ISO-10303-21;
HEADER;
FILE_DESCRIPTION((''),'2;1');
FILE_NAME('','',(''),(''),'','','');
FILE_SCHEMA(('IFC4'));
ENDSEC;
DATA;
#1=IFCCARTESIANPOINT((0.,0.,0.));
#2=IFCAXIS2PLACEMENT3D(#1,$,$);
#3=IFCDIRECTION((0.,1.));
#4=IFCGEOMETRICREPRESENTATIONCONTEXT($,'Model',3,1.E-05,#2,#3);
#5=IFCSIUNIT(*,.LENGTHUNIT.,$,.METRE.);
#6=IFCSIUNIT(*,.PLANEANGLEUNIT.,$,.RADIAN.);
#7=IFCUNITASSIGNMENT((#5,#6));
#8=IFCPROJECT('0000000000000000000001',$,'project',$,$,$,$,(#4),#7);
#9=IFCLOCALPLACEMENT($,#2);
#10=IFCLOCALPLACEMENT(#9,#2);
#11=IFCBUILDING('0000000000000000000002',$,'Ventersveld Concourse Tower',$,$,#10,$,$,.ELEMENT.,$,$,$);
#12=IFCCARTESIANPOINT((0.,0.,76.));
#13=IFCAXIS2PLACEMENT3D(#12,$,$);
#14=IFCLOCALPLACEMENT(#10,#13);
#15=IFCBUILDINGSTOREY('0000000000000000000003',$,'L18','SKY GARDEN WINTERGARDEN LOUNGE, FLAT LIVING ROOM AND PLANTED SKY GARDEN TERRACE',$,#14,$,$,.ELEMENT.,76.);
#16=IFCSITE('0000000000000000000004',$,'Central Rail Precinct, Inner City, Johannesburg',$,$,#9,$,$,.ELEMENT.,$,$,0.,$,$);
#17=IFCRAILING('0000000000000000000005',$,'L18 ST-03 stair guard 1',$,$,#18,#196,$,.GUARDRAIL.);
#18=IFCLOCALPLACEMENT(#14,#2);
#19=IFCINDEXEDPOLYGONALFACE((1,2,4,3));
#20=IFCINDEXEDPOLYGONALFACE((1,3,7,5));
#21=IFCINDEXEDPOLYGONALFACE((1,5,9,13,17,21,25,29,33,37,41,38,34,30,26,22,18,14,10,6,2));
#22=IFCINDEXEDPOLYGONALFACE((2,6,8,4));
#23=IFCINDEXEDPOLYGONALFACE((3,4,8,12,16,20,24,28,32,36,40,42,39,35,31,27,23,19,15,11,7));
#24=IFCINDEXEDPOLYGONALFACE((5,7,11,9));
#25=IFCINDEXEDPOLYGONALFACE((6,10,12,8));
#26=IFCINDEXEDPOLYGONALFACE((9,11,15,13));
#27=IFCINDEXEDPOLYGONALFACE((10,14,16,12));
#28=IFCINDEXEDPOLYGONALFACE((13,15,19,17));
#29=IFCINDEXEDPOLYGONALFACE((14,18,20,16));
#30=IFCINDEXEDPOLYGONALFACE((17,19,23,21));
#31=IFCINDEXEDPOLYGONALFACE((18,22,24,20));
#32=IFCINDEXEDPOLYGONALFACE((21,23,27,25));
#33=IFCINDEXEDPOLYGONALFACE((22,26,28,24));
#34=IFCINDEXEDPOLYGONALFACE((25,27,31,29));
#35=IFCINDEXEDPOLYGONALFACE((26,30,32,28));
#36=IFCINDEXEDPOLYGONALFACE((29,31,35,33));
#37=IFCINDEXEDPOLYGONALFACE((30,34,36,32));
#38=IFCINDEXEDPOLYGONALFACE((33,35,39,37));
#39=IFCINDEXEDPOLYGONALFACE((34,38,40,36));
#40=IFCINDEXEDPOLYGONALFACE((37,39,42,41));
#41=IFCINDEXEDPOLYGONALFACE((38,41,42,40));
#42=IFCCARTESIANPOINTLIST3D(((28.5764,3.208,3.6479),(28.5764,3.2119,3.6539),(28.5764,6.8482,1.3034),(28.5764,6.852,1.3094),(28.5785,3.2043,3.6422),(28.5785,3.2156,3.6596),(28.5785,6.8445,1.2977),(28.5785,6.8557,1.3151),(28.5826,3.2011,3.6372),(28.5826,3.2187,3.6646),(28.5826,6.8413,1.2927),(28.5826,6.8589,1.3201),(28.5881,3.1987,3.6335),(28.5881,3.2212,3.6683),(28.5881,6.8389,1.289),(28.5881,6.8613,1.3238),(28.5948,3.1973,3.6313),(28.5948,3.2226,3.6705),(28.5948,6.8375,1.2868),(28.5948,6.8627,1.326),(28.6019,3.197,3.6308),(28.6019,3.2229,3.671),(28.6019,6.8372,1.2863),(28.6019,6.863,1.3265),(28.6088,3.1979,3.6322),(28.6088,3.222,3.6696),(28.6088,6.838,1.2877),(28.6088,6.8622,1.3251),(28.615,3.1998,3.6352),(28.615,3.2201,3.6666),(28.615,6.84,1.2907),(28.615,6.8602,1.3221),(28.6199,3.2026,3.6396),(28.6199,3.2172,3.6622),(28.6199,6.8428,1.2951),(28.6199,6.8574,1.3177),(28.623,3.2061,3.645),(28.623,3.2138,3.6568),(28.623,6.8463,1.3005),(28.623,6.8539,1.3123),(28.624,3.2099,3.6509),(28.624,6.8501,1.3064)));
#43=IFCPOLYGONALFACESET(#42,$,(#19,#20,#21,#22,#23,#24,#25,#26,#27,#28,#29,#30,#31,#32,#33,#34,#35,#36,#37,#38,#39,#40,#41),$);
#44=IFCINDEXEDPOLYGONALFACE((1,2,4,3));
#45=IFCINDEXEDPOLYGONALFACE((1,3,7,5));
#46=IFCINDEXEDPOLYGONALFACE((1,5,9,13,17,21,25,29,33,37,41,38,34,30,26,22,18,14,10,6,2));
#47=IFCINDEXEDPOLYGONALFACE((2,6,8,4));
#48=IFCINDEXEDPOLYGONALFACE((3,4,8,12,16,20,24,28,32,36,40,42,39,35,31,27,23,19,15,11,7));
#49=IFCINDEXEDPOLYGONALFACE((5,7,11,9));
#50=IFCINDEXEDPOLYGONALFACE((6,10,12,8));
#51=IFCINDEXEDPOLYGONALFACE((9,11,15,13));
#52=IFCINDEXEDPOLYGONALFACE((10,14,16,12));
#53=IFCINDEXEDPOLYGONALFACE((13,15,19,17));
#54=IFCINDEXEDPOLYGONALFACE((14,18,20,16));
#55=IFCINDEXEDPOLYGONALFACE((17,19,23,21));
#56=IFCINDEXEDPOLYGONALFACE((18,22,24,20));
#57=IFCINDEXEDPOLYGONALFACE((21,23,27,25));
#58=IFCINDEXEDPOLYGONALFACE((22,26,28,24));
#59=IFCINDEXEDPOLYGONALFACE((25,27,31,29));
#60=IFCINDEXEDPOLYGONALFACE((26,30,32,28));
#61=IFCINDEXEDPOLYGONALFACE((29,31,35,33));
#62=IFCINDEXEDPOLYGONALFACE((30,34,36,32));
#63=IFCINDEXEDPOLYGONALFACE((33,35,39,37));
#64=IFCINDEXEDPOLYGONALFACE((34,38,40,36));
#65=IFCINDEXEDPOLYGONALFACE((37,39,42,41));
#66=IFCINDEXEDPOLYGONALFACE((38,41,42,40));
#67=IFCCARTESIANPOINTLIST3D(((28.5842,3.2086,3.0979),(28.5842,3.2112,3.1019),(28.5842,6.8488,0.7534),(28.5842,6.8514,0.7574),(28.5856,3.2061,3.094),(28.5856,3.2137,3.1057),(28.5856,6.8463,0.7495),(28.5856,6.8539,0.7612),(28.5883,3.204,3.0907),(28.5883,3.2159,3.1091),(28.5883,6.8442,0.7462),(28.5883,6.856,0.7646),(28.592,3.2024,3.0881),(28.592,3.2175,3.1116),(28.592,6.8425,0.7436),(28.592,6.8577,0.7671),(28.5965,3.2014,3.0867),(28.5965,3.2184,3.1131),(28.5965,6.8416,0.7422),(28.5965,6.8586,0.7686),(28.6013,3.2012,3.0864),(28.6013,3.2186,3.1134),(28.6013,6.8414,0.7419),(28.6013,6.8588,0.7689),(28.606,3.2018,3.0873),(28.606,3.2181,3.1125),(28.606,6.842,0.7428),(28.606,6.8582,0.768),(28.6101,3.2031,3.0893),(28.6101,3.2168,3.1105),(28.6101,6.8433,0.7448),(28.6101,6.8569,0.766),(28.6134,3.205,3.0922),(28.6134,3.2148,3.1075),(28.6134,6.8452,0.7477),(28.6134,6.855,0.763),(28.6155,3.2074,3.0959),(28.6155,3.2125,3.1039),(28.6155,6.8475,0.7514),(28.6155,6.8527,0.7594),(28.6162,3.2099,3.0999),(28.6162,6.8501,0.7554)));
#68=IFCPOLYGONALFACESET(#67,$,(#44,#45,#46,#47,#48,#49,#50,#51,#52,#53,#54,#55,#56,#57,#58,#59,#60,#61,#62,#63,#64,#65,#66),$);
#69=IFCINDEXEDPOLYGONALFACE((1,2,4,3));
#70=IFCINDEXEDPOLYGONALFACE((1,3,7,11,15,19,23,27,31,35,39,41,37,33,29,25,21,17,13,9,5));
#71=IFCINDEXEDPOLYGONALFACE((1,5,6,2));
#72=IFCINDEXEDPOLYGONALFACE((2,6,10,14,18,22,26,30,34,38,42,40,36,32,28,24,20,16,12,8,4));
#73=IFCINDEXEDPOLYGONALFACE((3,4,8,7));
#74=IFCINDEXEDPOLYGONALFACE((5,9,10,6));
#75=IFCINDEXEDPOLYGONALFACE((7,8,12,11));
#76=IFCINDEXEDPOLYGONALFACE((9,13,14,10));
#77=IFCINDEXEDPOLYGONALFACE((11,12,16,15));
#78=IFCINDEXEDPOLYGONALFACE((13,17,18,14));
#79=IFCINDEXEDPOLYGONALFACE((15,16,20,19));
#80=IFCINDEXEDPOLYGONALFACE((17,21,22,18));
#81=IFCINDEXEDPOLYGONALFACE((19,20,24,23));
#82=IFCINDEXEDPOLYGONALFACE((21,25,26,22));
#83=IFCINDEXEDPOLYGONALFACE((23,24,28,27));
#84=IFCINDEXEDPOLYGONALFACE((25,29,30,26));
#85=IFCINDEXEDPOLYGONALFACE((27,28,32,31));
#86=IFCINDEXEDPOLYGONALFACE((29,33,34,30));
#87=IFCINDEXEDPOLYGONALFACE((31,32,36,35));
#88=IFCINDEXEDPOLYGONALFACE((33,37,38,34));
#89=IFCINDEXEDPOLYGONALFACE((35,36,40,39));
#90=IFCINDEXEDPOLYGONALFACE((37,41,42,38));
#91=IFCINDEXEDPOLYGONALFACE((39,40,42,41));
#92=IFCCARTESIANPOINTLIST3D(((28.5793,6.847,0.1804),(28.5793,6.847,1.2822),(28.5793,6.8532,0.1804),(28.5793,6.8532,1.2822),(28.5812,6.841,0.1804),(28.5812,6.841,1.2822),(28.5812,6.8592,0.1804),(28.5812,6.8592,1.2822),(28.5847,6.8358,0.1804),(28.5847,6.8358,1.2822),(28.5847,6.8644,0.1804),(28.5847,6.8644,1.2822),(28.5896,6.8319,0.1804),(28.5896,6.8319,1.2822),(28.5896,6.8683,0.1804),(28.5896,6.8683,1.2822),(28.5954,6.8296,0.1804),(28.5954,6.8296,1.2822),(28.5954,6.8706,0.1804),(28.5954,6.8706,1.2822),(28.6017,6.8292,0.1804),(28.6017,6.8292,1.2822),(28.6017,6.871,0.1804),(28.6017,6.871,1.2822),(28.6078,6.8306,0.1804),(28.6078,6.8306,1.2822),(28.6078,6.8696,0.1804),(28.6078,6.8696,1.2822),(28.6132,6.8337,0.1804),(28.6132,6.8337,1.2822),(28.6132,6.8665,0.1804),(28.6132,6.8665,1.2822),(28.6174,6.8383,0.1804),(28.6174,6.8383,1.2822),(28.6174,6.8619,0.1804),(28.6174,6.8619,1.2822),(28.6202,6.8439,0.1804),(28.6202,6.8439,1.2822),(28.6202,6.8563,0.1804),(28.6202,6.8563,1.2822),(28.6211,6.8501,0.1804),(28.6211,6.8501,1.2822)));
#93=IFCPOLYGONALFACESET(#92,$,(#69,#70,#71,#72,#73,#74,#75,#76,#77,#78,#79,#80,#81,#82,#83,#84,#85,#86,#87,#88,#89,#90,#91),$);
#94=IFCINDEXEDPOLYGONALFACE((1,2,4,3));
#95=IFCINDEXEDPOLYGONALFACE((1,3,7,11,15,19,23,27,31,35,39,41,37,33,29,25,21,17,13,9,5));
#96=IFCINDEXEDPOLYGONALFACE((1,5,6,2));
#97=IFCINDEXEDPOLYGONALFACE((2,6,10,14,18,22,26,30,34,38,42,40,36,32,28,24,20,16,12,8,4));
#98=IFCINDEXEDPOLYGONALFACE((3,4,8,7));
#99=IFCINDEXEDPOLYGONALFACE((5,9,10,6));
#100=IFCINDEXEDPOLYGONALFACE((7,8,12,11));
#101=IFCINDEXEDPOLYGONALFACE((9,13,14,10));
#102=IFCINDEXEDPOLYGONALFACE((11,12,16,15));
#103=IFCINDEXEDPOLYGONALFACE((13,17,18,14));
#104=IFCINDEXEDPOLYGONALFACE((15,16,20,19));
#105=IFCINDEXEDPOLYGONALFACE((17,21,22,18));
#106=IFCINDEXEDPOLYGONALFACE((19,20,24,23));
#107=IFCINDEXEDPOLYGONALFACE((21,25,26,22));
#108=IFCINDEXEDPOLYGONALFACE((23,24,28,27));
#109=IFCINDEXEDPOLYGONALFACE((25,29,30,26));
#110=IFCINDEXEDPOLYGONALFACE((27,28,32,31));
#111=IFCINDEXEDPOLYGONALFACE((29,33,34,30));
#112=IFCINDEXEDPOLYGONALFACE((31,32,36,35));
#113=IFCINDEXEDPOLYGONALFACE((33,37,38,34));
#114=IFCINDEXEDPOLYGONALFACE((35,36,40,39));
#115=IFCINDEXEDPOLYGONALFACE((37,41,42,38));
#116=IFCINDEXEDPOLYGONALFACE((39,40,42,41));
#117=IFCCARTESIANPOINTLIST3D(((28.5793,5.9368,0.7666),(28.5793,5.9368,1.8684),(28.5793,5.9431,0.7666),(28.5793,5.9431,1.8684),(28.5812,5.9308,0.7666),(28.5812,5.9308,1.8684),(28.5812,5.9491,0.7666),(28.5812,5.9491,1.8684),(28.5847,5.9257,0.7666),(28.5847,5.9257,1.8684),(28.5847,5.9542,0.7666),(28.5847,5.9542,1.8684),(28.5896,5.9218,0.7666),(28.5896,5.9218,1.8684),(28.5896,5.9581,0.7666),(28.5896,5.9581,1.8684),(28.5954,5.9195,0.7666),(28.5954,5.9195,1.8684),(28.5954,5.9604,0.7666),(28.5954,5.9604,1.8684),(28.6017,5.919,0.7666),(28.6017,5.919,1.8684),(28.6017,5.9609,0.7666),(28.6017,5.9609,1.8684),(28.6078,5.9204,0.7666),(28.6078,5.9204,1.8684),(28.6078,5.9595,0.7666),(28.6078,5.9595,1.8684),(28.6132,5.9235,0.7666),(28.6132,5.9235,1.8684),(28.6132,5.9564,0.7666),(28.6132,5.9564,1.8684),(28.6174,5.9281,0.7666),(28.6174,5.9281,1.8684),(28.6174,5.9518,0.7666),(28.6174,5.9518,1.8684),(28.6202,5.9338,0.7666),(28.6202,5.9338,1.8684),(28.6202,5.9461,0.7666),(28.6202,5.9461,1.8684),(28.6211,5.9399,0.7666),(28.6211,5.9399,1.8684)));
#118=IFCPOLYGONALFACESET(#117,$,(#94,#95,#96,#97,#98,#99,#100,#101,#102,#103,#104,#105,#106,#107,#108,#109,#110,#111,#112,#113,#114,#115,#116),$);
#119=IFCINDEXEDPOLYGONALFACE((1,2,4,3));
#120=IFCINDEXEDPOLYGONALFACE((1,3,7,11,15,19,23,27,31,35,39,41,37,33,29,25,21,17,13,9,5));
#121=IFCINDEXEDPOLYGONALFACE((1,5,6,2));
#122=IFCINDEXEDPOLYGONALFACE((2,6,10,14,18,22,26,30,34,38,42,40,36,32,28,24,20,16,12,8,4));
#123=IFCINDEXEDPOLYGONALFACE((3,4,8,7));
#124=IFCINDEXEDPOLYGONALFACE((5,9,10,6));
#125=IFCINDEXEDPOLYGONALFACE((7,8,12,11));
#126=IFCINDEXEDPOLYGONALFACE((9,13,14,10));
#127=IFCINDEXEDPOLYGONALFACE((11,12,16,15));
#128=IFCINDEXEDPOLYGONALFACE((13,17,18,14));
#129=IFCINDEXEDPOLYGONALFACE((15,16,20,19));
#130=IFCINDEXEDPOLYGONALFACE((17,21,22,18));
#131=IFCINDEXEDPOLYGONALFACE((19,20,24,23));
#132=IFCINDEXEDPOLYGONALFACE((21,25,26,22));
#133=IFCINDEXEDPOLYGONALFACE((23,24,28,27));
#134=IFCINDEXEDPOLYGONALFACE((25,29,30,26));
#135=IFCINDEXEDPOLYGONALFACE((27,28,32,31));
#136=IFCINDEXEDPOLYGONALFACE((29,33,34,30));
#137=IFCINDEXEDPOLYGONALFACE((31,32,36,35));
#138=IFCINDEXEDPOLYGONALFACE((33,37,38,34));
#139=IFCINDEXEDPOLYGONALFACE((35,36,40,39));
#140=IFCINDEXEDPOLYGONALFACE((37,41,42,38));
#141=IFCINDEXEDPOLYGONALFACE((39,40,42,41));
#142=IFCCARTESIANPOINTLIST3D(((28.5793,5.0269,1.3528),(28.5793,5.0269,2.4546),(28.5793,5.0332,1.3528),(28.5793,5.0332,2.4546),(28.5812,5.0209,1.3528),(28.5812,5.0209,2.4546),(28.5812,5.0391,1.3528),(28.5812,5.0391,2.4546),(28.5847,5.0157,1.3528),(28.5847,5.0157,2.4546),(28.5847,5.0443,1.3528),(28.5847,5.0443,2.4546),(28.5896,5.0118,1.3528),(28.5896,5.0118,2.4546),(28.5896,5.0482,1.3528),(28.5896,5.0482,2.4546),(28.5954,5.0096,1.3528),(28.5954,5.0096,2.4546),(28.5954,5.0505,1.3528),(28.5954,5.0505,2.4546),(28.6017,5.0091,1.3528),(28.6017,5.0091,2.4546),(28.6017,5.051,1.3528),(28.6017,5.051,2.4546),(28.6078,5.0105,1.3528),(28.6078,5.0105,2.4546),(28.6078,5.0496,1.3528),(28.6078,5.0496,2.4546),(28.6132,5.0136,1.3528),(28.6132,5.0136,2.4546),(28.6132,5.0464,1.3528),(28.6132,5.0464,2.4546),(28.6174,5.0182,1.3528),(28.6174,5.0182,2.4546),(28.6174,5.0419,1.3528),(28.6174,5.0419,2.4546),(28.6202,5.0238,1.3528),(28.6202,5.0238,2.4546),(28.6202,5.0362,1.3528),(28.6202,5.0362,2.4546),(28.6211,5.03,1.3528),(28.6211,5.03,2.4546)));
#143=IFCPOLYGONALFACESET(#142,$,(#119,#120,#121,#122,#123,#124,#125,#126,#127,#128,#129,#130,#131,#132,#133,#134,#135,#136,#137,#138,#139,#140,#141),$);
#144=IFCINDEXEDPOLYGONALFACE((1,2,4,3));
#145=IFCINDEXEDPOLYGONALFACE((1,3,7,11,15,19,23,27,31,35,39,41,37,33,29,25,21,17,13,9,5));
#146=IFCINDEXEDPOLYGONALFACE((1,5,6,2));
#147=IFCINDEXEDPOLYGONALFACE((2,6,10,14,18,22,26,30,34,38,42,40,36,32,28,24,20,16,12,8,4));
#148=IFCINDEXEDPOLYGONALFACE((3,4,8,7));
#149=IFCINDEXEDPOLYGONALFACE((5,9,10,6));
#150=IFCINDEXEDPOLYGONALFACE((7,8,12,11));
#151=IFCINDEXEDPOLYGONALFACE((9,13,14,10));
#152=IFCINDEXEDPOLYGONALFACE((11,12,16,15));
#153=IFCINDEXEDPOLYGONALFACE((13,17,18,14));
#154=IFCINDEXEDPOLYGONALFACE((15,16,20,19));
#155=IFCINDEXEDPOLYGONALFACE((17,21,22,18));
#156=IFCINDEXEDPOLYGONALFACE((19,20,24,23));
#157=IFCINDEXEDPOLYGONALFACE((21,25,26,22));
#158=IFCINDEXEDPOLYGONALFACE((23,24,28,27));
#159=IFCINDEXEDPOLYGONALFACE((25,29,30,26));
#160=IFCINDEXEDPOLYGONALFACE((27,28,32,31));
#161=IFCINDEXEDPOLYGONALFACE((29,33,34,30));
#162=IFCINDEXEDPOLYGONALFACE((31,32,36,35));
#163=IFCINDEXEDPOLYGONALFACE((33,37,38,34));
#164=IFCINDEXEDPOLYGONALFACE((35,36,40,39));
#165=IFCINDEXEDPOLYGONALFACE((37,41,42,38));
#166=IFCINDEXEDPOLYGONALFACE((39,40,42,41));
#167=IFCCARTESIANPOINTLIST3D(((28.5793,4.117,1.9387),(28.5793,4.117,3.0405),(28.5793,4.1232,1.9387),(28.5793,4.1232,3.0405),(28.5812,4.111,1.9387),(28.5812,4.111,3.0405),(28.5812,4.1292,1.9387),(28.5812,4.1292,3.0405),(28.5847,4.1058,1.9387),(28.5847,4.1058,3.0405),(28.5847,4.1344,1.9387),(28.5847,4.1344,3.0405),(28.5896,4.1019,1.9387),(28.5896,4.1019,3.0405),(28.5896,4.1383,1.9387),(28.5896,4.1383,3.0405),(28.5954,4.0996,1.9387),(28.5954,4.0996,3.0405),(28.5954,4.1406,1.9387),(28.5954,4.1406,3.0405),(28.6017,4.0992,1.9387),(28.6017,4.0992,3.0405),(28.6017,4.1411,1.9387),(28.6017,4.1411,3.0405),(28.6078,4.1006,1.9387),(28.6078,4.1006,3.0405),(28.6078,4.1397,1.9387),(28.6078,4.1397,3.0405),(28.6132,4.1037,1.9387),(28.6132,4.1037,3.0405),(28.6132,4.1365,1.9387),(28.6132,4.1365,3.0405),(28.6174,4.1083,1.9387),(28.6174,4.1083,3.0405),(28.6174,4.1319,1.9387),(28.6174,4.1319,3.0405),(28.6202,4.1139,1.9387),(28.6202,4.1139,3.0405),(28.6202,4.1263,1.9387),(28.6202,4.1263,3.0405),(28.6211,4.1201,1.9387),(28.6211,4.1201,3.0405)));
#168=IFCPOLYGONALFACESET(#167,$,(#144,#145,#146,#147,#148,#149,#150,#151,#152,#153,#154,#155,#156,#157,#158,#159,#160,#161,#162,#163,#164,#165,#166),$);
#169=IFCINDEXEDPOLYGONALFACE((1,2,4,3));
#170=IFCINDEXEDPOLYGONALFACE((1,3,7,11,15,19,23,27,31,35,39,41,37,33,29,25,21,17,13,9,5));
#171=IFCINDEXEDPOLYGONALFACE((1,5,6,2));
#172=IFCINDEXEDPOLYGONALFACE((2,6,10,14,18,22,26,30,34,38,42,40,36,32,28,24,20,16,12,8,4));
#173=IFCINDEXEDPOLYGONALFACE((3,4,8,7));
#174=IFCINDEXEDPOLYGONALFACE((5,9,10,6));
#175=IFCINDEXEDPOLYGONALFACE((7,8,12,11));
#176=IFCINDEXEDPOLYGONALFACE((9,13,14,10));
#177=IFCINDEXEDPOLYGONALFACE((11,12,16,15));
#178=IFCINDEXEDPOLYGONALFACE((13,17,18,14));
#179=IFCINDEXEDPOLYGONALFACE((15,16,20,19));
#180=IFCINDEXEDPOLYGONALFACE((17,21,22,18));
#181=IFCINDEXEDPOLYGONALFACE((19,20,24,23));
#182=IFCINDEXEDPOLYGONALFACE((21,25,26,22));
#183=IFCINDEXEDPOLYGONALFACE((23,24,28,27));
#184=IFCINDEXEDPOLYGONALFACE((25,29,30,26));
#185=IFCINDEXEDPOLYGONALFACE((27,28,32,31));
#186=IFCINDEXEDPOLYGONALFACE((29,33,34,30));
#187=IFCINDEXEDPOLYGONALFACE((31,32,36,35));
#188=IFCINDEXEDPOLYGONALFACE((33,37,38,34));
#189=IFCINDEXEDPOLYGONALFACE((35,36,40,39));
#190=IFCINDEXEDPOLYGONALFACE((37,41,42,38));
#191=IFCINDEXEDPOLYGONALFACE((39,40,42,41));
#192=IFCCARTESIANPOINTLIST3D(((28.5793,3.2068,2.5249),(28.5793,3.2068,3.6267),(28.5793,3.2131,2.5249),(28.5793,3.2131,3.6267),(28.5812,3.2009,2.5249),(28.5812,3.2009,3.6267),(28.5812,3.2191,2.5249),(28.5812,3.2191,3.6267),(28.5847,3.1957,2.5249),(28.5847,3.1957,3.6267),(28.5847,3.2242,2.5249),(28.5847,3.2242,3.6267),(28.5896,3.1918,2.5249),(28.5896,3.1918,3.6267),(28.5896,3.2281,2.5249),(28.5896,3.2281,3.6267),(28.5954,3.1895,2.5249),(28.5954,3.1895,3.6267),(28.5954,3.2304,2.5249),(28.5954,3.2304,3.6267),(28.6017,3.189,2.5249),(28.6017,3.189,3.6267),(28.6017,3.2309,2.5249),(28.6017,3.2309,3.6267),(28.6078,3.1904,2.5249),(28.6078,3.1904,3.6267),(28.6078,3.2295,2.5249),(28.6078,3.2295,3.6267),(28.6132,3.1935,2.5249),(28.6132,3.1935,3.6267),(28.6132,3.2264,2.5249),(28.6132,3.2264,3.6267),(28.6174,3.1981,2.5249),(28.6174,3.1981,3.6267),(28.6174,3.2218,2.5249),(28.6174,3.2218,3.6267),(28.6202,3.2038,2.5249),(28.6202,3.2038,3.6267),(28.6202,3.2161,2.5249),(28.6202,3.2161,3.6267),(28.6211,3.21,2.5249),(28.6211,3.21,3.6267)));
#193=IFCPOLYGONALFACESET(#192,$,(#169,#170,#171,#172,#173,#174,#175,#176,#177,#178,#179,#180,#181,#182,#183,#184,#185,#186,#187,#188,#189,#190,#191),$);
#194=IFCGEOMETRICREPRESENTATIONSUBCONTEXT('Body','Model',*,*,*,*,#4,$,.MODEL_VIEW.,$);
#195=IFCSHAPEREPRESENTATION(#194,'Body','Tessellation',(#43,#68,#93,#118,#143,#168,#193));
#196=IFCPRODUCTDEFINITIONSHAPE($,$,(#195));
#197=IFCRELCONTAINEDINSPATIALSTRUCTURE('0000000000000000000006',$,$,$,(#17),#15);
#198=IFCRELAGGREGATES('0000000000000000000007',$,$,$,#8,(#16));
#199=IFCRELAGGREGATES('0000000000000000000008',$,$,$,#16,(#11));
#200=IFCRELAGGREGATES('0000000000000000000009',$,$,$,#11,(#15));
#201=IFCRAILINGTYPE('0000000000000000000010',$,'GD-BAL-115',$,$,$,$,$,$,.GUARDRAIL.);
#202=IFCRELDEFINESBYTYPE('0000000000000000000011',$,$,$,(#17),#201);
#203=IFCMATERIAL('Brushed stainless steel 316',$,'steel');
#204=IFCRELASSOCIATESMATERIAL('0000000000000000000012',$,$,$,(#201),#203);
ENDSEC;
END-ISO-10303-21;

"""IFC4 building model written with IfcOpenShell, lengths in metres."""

from ifc_helpers import new_model, si_unit, direction, frame, origin, origin_2d, place, context, subcontext, project, spatial, circle, extrude, material, type_object, element, save


model = new_model("IFC4")

# Units and contexts
model_context = context("Model", 3, precision=1e-05, world=origin(), true_north=direction((0.0, 1.0)))
body_context = subcontext(model_context, "Body", "Model", "MODEL_VIEW")
ifc_project = project(units=[si_unit("LENGTHUNIT", "METRE"), si_unit("PLANEANGLEUNIT", "RADIAN")], contexts=[model_context])

# Site, building, storey
site_placement = place(None, origin())
site = spatial("IfcSite", under=ifc_project, at=site_placement, Name="Central Rail Precinct, Inner City, Johannesburg", CompositionType="ELEMENT", RefElevation=0.0)
building_placement = place(site_placement, origin())
building = spatial("IfcBuilding", under=site, at=building_placement, Name="Ventersveld Concourse Tower", CompositionType="ELEMENT")
storey_placement = place(building_placement, frame((0.0, 0.0, 76.0)))
storey = spatial("IfcBuildingStorey", under=building, at=storey_placement, Name="L18", Description="SKY GARDEN WINTERGARDEN LOUNGE, FLAT LIVING ROOM AND PLANTED SKY GARDEN TERRACE", CompositionType="ELEMENT", Elevation=76.0)

# Shared definitions
ifc_material_1 = material(Name="Brushed stainless steel 316", Category="steel")

# Railing
railing_type_1 = type_object("IfcRailingType", Name="GD-BAL-115", PredefinedType="GUARDRAIL", material=ifc_material_1)
railing_1_placement = place(storey_placement, frame((28.6001, 6.8501, 0.1804)))
element("IfcRailing", 1, at=railing_1_placement, inside=storey, type_object=railing_type_1, Name="L18 ST-03 stair guard 1", PredefinedType="GUARDRAIL", context=body_context, shape_type="SweptSolid", body=[
    extrude(circle(Radius=0.0239, at=origin_2d()), frame((0.0, 0.0, 1.126), z_axis=(0.0, -0.840716, 0.541476), x_axis=(1.0, 0.0, 0.0)), (0.0, 0.0, 1.0), 4.3298),
    extrude(circle(Radius=0.0161, at=origin_2d()), frame((0.0, 0.0, 0.575), z_axis=(0.0, -0.840716, 0.541476), x_axis=(1.0, 0.0, 0.0)), (0.0, 0.0, 1.0), 4.3298),
    extrude(circle(Radius=0.021, at=origin_2d()), origin(), (0.0, 0.0, 1.0), 1.1018),
    extrude(circle(Radius=0.021, at=origin_2d()), frame((0.0, -0.9102, 0.5862)), (0.0, 0.0, 1.0), 1.1018),
    extrude(circle(Radius=0.021, at=origin_2d()), frame((0.0, -1.8201, 1.1724)), (0.0, 0.0, 1.0), 1.1018),
    extrude(circle(Radius=0.021, at=origin_2d()), frame((0.0, -2.73, 1.7583)), (0.0, 0.0, 1.0), 1.1018),
    extrude(circle(Radius=0.021, at=origin_2d()), frame((0.0, -3.6401, 2.3445)), (0.0, 0.0, 1.0), 1.1018),
])

save(model, "model.ifc")
